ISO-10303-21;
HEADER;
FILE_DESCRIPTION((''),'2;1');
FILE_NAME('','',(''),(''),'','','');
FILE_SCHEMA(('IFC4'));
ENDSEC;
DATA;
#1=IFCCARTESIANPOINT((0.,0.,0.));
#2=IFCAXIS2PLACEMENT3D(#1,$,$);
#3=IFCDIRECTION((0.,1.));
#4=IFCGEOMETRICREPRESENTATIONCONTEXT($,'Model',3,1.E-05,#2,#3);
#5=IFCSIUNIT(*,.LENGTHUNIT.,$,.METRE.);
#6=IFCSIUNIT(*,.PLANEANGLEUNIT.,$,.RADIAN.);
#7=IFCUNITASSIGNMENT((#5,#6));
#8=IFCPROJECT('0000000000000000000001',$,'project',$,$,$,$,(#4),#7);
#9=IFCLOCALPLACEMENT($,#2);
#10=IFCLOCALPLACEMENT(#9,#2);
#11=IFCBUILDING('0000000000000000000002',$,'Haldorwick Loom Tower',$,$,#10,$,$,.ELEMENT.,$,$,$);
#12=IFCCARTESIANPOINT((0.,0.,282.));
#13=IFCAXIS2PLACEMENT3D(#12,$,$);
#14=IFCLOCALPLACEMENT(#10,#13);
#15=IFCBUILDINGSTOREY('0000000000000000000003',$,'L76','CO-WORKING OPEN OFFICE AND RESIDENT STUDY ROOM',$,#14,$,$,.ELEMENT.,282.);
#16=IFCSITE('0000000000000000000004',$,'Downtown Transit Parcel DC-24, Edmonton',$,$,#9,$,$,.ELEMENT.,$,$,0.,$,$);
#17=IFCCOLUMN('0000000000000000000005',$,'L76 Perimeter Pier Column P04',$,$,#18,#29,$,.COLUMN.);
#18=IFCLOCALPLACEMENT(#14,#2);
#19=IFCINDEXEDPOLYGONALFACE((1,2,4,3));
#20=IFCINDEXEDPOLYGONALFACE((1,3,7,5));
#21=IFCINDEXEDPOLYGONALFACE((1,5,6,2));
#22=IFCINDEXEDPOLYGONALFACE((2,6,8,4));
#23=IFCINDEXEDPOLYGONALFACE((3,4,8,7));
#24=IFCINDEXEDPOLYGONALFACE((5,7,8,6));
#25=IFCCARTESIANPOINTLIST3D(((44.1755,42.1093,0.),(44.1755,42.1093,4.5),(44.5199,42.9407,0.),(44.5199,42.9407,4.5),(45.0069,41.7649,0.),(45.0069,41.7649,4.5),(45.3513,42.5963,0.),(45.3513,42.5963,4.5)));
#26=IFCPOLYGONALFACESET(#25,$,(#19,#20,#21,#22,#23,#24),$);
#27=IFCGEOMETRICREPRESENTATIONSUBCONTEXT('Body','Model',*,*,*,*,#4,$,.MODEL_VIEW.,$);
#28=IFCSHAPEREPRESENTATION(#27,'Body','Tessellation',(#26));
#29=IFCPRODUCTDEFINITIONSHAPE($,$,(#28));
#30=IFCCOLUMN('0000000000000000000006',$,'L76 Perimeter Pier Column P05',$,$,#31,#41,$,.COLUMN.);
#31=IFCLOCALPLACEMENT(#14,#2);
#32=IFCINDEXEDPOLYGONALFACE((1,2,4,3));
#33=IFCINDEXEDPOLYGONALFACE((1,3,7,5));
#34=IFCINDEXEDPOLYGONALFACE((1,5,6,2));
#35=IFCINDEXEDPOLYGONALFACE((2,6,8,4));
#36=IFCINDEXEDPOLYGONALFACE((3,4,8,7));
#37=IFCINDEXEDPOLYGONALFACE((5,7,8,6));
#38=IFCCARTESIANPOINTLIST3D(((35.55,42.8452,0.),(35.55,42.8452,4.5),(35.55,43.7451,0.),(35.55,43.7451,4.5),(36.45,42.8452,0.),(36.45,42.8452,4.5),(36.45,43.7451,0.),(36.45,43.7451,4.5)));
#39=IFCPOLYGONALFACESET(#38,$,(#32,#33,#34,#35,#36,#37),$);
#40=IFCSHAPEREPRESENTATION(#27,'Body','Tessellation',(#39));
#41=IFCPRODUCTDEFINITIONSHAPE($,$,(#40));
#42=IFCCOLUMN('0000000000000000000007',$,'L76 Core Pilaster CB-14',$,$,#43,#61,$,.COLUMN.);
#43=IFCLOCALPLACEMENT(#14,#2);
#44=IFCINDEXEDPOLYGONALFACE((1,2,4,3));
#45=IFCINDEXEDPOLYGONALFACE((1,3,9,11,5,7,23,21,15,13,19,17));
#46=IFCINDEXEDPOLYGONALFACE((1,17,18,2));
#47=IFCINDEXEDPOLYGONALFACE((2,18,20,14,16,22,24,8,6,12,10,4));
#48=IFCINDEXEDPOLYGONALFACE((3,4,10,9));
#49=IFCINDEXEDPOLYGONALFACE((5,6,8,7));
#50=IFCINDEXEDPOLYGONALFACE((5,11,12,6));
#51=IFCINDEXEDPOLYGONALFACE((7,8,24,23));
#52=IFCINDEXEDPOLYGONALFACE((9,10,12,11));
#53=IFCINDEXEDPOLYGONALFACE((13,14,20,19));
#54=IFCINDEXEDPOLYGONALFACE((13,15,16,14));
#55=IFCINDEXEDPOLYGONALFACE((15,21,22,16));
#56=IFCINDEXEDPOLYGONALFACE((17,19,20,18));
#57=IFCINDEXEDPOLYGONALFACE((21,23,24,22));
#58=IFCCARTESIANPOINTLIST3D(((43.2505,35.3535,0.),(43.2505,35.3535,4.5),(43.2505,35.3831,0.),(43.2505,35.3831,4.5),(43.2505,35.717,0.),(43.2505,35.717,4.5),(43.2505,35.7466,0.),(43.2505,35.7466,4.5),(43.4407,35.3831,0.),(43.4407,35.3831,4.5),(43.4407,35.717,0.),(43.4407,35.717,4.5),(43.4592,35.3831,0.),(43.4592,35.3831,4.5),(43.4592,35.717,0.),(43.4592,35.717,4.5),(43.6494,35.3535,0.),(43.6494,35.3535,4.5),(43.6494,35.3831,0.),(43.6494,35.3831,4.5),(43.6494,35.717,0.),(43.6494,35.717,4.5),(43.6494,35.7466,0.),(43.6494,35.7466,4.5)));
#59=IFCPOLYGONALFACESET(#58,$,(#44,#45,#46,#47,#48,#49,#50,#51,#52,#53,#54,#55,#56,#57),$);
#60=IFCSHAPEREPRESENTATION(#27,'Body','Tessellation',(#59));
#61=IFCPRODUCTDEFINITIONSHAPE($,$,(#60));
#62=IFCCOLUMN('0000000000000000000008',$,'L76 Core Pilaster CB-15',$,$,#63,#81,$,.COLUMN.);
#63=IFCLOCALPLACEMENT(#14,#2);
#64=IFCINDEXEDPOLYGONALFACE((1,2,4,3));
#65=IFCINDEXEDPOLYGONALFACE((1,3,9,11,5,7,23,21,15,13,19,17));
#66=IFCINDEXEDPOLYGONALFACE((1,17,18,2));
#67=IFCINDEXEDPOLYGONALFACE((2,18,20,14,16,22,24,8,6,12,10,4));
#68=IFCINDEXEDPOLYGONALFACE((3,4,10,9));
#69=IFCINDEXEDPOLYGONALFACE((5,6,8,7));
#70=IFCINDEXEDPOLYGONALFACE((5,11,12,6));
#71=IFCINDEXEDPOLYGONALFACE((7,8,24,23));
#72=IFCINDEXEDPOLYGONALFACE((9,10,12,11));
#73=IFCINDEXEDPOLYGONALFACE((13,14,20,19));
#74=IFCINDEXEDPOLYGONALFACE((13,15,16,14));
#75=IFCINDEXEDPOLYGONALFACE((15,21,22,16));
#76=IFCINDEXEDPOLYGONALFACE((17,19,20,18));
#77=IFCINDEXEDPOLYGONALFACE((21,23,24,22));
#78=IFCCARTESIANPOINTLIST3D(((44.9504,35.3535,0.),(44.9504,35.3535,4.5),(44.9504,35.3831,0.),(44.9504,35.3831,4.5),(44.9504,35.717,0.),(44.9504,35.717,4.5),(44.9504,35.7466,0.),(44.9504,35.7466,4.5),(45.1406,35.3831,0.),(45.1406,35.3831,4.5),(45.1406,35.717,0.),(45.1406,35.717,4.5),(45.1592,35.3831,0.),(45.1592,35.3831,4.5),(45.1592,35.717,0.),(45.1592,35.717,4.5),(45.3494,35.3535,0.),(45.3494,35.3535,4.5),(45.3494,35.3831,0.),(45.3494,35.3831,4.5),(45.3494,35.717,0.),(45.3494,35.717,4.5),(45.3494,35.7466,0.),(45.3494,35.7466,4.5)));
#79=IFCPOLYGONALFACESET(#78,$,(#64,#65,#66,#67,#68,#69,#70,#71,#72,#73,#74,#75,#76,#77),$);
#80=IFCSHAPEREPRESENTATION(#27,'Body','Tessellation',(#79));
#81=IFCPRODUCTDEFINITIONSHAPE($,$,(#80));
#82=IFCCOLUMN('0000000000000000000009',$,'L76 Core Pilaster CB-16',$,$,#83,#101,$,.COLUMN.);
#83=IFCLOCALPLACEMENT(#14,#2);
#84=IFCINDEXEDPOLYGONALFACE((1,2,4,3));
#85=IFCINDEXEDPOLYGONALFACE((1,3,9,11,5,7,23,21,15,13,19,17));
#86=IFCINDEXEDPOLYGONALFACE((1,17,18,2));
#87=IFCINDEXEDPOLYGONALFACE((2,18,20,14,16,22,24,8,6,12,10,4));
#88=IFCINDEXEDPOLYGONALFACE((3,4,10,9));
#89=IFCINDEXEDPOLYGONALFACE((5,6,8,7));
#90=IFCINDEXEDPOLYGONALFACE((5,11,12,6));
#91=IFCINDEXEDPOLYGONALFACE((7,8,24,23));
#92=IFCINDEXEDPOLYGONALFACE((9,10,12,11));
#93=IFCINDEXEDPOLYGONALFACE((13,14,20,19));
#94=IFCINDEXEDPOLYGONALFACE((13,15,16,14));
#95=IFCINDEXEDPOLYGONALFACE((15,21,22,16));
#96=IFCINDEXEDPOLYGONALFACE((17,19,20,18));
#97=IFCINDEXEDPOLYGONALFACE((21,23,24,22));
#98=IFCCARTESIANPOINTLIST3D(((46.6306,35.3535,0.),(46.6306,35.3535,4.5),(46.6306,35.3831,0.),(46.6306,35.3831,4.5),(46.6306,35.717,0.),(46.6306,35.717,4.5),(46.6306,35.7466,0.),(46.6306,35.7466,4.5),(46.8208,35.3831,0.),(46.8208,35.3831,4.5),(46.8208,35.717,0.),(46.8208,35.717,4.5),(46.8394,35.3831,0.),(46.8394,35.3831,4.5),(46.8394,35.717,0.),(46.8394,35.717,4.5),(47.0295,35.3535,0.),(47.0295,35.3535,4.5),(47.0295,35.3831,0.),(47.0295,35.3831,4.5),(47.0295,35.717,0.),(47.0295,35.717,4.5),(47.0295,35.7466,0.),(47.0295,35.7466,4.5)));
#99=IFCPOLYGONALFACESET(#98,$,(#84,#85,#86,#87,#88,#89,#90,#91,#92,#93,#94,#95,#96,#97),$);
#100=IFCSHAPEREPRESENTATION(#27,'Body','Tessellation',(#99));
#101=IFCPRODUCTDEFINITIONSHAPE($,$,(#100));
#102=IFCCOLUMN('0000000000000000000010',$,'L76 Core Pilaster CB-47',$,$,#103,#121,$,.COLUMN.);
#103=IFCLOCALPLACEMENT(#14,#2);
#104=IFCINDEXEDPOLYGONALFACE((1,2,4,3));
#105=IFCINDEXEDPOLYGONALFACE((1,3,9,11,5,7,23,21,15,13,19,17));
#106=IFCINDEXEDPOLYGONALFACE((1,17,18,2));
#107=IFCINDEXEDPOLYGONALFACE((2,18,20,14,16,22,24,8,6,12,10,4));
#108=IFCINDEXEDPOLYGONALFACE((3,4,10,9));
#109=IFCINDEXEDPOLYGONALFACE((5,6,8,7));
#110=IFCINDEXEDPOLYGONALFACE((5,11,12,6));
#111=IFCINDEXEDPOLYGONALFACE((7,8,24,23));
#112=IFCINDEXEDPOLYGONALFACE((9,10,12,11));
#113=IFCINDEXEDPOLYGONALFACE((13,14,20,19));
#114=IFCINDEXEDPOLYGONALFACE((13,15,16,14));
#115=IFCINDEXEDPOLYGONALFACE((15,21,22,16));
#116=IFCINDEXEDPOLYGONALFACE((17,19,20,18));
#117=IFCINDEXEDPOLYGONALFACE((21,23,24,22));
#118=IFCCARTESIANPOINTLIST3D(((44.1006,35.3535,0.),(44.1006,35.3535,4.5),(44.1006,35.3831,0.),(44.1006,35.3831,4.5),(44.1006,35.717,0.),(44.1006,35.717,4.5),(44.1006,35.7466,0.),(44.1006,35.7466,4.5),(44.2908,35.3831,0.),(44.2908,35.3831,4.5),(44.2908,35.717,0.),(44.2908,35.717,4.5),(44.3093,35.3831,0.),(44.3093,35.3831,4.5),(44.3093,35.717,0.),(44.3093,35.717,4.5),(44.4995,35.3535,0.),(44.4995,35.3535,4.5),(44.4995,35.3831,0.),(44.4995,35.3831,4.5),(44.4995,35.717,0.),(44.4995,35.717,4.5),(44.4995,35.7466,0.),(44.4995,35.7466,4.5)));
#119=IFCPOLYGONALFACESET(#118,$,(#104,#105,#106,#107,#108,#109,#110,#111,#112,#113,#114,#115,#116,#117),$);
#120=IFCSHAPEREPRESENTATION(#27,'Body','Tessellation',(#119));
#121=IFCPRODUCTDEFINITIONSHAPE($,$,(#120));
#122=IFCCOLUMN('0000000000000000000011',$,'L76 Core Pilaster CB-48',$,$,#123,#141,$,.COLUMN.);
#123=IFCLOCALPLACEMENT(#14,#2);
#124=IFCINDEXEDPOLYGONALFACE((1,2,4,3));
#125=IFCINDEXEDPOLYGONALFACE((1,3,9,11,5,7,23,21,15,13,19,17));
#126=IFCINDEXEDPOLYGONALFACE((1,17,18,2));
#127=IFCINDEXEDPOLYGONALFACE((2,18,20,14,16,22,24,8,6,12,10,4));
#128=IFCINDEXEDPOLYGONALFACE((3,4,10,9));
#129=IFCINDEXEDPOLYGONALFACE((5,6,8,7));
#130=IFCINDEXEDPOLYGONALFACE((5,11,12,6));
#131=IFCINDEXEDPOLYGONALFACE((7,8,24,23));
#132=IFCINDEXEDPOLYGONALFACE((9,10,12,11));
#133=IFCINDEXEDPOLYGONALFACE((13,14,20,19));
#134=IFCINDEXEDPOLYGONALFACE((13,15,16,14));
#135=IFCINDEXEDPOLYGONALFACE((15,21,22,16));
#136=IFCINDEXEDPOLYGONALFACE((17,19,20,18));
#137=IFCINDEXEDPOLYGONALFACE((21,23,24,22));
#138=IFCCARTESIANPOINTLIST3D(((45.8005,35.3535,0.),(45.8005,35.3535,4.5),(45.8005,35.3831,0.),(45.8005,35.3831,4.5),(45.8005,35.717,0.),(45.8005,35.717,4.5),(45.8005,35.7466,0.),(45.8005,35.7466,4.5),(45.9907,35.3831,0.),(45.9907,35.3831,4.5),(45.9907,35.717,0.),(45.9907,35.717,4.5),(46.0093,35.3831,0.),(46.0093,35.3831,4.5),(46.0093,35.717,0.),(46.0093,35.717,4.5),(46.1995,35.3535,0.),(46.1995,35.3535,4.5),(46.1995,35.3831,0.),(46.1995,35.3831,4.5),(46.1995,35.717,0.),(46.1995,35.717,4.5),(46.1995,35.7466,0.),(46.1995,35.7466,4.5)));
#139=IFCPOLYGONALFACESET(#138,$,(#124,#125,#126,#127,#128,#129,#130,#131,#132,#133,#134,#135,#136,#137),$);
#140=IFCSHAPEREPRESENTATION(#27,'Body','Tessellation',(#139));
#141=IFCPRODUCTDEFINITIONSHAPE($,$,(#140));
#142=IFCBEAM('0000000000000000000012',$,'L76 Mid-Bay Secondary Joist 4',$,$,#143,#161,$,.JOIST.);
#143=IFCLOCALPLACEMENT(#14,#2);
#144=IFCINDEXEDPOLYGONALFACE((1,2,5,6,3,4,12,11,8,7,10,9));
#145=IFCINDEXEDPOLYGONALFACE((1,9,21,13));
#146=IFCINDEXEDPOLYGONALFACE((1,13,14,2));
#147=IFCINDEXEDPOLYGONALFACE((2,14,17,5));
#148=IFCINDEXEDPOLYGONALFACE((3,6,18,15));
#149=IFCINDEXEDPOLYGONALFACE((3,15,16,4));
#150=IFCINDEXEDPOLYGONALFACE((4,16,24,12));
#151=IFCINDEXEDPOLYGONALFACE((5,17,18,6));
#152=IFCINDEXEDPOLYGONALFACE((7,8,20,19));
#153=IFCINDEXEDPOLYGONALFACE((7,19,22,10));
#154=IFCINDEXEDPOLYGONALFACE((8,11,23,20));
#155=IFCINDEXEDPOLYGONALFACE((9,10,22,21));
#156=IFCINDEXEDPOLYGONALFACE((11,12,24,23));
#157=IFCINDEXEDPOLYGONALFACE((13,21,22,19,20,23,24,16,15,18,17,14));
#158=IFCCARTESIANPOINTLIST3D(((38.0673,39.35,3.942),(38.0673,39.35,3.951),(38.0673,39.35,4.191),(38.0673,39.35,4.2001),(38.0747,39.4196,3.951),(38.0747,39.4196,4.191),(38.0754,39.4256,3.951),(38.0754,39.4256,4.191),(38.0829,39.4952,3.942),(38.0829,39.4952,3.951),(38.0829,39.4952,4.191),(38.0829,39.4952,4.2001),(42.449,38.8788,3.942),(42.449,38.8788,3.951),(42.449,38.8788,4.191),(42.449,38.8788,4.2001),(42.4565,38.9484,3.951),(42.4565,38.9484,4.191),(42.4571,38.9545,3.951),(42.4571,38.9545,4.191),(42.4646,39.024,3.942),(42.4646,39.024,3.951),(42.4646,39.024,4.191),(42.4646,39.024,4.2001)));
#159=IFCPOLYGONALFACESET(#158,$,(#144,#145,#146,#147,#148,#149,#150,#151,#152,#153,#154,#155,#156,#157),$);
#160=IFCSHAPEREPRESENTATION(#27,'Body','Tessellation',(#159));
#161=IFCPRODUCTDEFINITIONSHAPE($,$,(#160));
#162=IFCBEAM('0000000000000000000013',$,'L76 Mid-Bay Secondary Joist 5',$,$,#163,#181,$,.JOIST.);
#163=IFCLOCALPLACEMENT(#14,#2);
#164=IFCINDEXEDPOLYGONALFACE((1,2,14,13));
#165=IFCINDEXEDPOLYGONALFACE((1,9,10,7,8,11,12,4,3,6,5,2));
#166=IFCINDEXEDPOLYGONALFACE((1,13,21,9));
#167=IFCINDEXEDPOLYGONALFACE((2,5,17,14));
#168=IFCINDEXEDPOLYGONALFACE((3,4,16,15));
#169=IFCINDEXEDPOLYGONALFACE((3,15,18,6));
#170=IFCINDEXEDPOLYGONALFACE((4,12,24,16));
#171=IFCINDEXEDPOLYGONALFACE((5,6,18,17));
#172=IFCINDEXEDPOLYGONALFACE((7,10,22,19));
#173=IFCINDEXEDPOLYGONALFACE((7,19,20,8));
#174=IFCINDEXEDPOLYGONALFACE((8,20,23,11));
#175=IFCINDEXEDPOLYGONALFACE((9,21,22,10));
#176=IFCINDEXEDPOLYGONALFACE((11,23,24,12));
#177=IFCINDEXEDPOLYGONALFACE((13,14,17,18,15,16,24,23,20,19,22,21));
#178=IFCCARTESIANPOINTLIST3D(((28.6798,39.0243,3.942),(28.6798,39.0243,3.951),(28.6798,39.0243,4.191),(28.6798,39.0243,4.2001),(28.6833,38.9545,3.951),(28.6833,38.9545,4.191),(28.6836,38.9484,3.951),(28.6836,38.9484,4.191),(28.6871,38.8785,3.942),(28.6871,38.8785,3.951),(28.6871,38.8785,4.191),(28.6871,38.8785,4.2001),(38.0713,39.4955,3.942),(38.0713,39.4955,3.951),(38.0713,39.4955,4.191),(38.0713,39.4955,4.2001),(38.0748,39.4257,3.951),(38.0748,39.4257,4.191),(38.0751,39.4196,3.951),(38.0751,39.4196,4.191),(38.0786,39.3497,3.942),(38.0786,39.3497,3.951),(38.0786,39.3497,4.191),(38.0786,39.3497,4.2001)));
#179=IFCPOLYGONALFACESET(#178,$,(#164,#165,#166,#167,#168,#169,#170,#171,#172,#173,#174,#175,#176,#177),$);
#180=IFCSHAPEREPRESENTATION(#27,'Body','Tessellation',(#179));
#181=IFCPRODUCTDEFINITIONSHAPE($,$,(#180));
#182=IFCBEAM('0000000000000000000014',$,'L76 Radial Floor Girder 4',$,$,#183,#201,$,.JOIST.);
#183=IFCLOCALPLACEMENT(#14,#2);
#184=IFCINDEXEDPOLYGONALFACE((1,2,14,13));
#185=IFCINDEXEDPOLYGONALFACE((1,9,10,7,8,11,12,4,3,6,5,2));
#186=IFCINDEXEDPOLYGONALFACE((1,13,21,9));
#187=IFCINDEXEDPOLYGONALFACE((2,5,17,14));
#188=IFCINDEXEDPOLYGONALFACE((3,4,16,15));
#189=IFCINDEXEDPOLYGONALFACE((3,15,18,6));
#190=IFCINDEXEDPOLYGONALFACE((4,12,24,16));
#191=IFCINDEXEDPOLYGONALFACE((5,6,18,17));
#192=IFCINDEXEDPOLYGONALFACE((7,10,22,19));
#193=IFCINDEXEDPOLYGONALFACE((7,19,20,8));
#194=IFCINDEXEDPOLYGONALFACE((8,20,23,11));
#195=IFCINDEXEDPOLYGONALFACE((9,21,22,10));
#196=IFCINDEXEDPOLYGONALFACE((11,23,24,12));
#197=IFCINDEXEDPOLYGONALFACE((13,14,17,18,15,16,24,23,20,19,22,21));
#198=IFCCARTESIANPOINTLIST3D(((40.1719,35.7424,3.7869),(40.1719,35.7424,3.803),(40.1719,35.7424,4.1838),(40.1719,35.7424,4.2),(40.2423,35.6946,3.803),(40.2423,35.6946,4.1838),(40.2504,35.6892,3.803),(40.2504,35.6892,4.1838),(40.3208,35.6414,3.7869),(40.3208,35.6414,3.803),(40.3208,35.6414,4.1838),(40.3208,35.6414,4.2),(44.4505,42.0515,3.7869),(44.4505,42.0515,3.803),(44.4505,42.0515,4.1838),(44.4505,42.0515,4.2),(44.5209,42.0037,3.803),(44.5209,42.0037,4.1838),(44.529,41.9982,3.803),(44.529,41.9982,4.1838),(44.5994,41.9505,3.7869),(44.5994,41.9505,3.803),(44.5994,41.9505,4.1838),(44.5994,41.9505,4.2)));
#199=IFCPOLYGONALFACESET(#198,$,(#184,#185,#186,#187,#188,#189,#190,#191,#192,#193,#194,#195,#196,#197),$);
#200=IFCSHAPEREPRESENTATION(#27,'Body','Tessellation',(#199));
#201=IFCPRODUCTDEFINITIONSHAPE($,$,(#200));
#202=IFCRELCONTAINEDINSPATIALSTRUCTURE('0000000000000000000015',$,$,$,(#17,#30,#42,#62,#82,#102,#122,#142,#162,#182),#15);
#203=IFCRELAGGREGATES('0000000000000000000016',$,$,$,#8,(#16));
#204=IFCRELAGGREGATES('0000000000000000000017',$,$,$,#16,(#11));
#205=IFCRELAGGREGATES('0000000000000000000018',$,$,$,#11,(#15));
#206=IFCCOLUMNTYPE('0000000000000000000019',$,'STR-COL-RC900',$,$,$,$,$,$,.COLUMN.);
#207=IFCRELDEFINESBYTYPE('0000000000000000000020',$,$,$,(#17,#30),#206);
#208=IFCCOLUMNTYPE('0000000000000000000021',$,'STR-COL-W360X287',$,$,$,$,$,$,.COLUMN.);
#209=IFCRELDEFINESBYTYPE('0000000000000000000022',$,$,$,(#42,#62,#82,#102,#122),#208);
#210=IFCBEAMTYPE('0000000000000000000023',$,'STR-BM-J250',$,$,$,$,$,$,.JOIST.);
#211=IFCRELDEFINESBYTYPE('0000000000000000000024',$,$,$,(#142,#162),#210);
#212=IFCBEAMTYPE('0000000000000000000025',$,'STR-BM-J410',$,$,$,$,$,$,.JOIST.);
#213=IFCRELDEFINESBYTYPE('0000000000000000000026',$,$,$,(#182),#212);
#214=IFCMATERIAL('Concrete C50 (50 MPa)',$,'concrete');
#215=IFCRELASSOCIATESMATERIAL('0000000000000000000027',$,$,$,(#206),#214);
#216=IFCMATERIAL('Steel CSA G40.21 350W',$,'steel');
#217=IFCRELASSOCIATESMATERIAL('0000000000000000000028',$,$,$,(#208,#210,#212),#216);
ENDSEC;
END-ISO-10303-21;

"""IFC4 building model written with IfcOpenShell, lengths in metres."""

from ifc_helpers import new_model, si_unit, direction, frame, origin, origin_2d, place, context, subcontext, project, spatial, rectangle, i_section, extrude, material, material_profile, profile_set, type_object, element, save


model = new_model("IFC4")

# Units and contexts
model_context = context("Model", 3, precision=1e-05, world=origin(), true_north=direction((0.0, 1.0)))
body_context = subcontext(model_context, "Body", "Model", "MODEL_VIEW")
ifc_project = project(units=[si_unit("LENGTHUNIT", "METRE"), si_unit("PLANEANGLEUNIT", "RADIAN")], contexts=[model_context])

# Site, building, storey
site_placement = place(None, origin())
site = spatial("IfcSite", under=ifc_project, at=site_placement, Name="Downtown Transit Parcel DC-24, Edmonton", CompositionType="ELEMENT", RefElevation=0.0)
building_placement = place(site_placement, origin())
building = spatial("IfcBuilding", under=site, at=building_placement, Name="Haldorwick Loom Tower", CompositionType="ELEMENT")
storey_placement = place(building_placement, frame((0.0, 0.0, 282.0)))
storey = spatial("IfcBuildingStorey", under=building, at=storey_placement, Name="L76", Description="CO-WORKING OPEN OFFICE AND RESIDENT STUDY ROOM", CompositionType="ELEMENT", Elevation=282.0)

# Columns
ifc_material_1 = material(Name="Concrete C50 (50 MPa)", Category="concrete")
ifc_material_profile_1 = material_profile(ifc_material_1, rectangle(XDim=0.8999, YDim=0.8999, at=origin_2d()), Name="RC900X900", Category="concrete")
ifc_profile_set_1 = profile_set([ifc_material_profile_1], Name="Concrete C50 (50 MPa)")
column_type_1 = type_object("IfcColumnType", Name="STR-COL-RC900", PredefinedType="COLUMN", material=ifc_profile_set_1)
for number, where, z_axis, x_axis, name in (
    (1, (44.7634, 42.3528, 0.0), (0.0, 0.0, 1.0), (0.382683, 0.92388, 0.0), "L76 Perimeter Pier Column P04"),
    (2, (36.0, 43.2952, 0.0), (0.0, 0.0, 1.0), (0.0, 1.0, 0.0), "L76 Perimeter Pier Column P05"),
):
    element("IfcColumn", number, at=place(storey_placement, frame(where, z_axis=z_axis, x_axis=x_axis)), inside=storey, type_object=column_type_1, Name=name, PredefinedType="COLUMN", context=body_context, shape_type="SweptSolid", body=[
        extrude(rectangle(XDim=0.8999, YDim=0.8999, at=origin_2d()), origin(), (0.0, 0.0, 1.0), 4.5),
    ])
ifc_material_2 = material(Name="Steel CSA G40.21 350W", Category="steel")
ifc_material_profile_2 = material_profile(ifc_material_2, i_section(OverallWidth=0.3989, OverallDepth=0.3931, WebThickness=0.0186, FlangeThickness=0.0295, at=origin_2d()), Name="W360X287", Category="steel")
ifc_profile_set_2 = profile_set([ifc_material_profile_2], Name="Steel CSA G40.21 350W")
column_type_2 = type_object("IfcColumnType", Name="STR-COL-W360X287", PredefinedType="COLUMN", material=ifc_profile_set_2)
for number, where, z_axis, x_axis, name in (
    (3, (43.45, 35.55, 0.0), (0.0, 0.0, 1.0), (1.0, 0.0, 0.0), "L76 Core Pilaster CB-14"),
    (4, (45.1499, 35.55, 0.0), (0.0, 0.0, 1.0), (1.0, 0.0, 0.0), "L76 Core Pilaster CB-15"),
    (5, (46.8301, 35.55, 0.0), (0.0, 0.0, 1.0), (1.0, 0.0, 0.0), "L76 Core Pilaster CB-16"),
    (6, (44.3, 35.55, 0.0), (0.0, 0.0, 1.0), (1.0, 0.0, 0.0), "L76 Core Pilaster CB-47"),
    (7, (46.0, 35.55, 0.0), (0.0, 0.0, 1.0), (1.0, 0.0, 0.0), "L76 Core Pilaster CB-48"),
):
    element("IfcColumn", number, at=place(storey_placement, frame(where, z_axis=z_axis, x_axis=x_axis)), inside=storey, type_object=column_type_2, Name=name, PredefinedType="COLUMN", context=body_context, shape_type="SweptSolid", body=[
        extrude(i_section(OverallWidth=0.3989, OverallDepth=0.3931, WebThickness=0.0186, FlangeThickness=0.0295, at=origin_2d()), origin(), (0.0, 0.0, 1.0), 4.5),
    ])

# Beams
ifc_material_profile_3 = material_profile(ifc_material_2, i_section(OverallWidth=0.146, OverallDepth=0.2581, WebThickness=0.0061, FlangeThickness=0.009, at=origin_2d()), Name="W250X33", Category="steel")
ifc_profile_set_3 = profile_set([ifc_material_profile_3], Name="Steel CSA G40.21 350W")
beam_type_1 = type_object("IfcBeamType", Name="STR-BM-J250", PredefinedType="JOIST", material=ifc_profile_set_3)
beam_1_placement = place(storey_placement, frame((42.4568, 38.9514, 4.071), z_axis=(-0.994268, 0.106916, 0.0), x_axis=(-0.106916, -0.994268, 0.0)))
element("IfcBeam", 8, at=beam_1_placement, inside=storey, type_object=beam_type_1, Name="L76 Mid-Bay Secondary Joist 4", PredefinedType="JOIST", context=body_context, shape_type="SweptSolid", body=[
    extrude(i_section(OverallWidth=0.146, OverallDepth=0.2581, WebThickness=0.0061, FlangeThickness=0.009, at=origin_2d()), origin(), (0.0, 0.0, 1.0), 4.407),
])
beam_2_placement = place(storey_placement, frame((38.075, 39.4226, 4.071), z_axis=(-0.998744, -0.050109, 0.0), x_axis=(0.050109, -0.998744, 0.0)))
element("IfcBeam", 9, at=beam_2_placement, inside=storey, type_object=beam_type_1, Name="L76 Mid-Bay Secondary Joist 5", PredefinedType="JOIST", context=body_context, shape_type="SweptSolid", body=[
    extrude(i_section(OverallWidth=0.146, OverallDepth=0.2581, WebThickness=0.0061, FlangeThickness=0.009, at=origin_2d()), origin(), (0.0, 0.0, 1.0), 9.4033),
])
ifc_material_profile_4 = material_profile(ifc_material_2, i_section(OverallWidth=0.1799, OverallDepth=0.4131, WebThickness=0.0098, FlangeThickness=0.0161, at=origin_2d()), Name="W410X74", Category="steel")
ifc_profile_set_4 = profile_set([ifc_material_profile_4], Name="Steel CSA G40.21 350W")
beam_type_2 = type_object("IfcBeamType", Name="STR-BM-J410", PredefinedType="JOIST", material=ifc_profile_set_4)
beam_3_placement = place(storey_placement, frame((40.2463, 35.6919, 3.9934), z_axis=(0.561268, 0.827634, 0.0), x_axis=(-0.827634, 0.561268, 0.0)))
element("IfcBeam", 10, at=beam_3_placement, inside=storey, type_object=beam_type_2, Name="L76 Radial Floor Girder 4", PredefinedType="JOIST", context=body_context, shape_type="SweptSolid", body=[
    extrude(i_section(OverallWidth=0.1799, OverallDepth=0.4131, WebThickness=0.0098, FlangeThickness=0.0161, at=origin_2d()), origin(), (0.0, 0.0, 1.0), 7.623),
])

save(model, "model.ifc")
